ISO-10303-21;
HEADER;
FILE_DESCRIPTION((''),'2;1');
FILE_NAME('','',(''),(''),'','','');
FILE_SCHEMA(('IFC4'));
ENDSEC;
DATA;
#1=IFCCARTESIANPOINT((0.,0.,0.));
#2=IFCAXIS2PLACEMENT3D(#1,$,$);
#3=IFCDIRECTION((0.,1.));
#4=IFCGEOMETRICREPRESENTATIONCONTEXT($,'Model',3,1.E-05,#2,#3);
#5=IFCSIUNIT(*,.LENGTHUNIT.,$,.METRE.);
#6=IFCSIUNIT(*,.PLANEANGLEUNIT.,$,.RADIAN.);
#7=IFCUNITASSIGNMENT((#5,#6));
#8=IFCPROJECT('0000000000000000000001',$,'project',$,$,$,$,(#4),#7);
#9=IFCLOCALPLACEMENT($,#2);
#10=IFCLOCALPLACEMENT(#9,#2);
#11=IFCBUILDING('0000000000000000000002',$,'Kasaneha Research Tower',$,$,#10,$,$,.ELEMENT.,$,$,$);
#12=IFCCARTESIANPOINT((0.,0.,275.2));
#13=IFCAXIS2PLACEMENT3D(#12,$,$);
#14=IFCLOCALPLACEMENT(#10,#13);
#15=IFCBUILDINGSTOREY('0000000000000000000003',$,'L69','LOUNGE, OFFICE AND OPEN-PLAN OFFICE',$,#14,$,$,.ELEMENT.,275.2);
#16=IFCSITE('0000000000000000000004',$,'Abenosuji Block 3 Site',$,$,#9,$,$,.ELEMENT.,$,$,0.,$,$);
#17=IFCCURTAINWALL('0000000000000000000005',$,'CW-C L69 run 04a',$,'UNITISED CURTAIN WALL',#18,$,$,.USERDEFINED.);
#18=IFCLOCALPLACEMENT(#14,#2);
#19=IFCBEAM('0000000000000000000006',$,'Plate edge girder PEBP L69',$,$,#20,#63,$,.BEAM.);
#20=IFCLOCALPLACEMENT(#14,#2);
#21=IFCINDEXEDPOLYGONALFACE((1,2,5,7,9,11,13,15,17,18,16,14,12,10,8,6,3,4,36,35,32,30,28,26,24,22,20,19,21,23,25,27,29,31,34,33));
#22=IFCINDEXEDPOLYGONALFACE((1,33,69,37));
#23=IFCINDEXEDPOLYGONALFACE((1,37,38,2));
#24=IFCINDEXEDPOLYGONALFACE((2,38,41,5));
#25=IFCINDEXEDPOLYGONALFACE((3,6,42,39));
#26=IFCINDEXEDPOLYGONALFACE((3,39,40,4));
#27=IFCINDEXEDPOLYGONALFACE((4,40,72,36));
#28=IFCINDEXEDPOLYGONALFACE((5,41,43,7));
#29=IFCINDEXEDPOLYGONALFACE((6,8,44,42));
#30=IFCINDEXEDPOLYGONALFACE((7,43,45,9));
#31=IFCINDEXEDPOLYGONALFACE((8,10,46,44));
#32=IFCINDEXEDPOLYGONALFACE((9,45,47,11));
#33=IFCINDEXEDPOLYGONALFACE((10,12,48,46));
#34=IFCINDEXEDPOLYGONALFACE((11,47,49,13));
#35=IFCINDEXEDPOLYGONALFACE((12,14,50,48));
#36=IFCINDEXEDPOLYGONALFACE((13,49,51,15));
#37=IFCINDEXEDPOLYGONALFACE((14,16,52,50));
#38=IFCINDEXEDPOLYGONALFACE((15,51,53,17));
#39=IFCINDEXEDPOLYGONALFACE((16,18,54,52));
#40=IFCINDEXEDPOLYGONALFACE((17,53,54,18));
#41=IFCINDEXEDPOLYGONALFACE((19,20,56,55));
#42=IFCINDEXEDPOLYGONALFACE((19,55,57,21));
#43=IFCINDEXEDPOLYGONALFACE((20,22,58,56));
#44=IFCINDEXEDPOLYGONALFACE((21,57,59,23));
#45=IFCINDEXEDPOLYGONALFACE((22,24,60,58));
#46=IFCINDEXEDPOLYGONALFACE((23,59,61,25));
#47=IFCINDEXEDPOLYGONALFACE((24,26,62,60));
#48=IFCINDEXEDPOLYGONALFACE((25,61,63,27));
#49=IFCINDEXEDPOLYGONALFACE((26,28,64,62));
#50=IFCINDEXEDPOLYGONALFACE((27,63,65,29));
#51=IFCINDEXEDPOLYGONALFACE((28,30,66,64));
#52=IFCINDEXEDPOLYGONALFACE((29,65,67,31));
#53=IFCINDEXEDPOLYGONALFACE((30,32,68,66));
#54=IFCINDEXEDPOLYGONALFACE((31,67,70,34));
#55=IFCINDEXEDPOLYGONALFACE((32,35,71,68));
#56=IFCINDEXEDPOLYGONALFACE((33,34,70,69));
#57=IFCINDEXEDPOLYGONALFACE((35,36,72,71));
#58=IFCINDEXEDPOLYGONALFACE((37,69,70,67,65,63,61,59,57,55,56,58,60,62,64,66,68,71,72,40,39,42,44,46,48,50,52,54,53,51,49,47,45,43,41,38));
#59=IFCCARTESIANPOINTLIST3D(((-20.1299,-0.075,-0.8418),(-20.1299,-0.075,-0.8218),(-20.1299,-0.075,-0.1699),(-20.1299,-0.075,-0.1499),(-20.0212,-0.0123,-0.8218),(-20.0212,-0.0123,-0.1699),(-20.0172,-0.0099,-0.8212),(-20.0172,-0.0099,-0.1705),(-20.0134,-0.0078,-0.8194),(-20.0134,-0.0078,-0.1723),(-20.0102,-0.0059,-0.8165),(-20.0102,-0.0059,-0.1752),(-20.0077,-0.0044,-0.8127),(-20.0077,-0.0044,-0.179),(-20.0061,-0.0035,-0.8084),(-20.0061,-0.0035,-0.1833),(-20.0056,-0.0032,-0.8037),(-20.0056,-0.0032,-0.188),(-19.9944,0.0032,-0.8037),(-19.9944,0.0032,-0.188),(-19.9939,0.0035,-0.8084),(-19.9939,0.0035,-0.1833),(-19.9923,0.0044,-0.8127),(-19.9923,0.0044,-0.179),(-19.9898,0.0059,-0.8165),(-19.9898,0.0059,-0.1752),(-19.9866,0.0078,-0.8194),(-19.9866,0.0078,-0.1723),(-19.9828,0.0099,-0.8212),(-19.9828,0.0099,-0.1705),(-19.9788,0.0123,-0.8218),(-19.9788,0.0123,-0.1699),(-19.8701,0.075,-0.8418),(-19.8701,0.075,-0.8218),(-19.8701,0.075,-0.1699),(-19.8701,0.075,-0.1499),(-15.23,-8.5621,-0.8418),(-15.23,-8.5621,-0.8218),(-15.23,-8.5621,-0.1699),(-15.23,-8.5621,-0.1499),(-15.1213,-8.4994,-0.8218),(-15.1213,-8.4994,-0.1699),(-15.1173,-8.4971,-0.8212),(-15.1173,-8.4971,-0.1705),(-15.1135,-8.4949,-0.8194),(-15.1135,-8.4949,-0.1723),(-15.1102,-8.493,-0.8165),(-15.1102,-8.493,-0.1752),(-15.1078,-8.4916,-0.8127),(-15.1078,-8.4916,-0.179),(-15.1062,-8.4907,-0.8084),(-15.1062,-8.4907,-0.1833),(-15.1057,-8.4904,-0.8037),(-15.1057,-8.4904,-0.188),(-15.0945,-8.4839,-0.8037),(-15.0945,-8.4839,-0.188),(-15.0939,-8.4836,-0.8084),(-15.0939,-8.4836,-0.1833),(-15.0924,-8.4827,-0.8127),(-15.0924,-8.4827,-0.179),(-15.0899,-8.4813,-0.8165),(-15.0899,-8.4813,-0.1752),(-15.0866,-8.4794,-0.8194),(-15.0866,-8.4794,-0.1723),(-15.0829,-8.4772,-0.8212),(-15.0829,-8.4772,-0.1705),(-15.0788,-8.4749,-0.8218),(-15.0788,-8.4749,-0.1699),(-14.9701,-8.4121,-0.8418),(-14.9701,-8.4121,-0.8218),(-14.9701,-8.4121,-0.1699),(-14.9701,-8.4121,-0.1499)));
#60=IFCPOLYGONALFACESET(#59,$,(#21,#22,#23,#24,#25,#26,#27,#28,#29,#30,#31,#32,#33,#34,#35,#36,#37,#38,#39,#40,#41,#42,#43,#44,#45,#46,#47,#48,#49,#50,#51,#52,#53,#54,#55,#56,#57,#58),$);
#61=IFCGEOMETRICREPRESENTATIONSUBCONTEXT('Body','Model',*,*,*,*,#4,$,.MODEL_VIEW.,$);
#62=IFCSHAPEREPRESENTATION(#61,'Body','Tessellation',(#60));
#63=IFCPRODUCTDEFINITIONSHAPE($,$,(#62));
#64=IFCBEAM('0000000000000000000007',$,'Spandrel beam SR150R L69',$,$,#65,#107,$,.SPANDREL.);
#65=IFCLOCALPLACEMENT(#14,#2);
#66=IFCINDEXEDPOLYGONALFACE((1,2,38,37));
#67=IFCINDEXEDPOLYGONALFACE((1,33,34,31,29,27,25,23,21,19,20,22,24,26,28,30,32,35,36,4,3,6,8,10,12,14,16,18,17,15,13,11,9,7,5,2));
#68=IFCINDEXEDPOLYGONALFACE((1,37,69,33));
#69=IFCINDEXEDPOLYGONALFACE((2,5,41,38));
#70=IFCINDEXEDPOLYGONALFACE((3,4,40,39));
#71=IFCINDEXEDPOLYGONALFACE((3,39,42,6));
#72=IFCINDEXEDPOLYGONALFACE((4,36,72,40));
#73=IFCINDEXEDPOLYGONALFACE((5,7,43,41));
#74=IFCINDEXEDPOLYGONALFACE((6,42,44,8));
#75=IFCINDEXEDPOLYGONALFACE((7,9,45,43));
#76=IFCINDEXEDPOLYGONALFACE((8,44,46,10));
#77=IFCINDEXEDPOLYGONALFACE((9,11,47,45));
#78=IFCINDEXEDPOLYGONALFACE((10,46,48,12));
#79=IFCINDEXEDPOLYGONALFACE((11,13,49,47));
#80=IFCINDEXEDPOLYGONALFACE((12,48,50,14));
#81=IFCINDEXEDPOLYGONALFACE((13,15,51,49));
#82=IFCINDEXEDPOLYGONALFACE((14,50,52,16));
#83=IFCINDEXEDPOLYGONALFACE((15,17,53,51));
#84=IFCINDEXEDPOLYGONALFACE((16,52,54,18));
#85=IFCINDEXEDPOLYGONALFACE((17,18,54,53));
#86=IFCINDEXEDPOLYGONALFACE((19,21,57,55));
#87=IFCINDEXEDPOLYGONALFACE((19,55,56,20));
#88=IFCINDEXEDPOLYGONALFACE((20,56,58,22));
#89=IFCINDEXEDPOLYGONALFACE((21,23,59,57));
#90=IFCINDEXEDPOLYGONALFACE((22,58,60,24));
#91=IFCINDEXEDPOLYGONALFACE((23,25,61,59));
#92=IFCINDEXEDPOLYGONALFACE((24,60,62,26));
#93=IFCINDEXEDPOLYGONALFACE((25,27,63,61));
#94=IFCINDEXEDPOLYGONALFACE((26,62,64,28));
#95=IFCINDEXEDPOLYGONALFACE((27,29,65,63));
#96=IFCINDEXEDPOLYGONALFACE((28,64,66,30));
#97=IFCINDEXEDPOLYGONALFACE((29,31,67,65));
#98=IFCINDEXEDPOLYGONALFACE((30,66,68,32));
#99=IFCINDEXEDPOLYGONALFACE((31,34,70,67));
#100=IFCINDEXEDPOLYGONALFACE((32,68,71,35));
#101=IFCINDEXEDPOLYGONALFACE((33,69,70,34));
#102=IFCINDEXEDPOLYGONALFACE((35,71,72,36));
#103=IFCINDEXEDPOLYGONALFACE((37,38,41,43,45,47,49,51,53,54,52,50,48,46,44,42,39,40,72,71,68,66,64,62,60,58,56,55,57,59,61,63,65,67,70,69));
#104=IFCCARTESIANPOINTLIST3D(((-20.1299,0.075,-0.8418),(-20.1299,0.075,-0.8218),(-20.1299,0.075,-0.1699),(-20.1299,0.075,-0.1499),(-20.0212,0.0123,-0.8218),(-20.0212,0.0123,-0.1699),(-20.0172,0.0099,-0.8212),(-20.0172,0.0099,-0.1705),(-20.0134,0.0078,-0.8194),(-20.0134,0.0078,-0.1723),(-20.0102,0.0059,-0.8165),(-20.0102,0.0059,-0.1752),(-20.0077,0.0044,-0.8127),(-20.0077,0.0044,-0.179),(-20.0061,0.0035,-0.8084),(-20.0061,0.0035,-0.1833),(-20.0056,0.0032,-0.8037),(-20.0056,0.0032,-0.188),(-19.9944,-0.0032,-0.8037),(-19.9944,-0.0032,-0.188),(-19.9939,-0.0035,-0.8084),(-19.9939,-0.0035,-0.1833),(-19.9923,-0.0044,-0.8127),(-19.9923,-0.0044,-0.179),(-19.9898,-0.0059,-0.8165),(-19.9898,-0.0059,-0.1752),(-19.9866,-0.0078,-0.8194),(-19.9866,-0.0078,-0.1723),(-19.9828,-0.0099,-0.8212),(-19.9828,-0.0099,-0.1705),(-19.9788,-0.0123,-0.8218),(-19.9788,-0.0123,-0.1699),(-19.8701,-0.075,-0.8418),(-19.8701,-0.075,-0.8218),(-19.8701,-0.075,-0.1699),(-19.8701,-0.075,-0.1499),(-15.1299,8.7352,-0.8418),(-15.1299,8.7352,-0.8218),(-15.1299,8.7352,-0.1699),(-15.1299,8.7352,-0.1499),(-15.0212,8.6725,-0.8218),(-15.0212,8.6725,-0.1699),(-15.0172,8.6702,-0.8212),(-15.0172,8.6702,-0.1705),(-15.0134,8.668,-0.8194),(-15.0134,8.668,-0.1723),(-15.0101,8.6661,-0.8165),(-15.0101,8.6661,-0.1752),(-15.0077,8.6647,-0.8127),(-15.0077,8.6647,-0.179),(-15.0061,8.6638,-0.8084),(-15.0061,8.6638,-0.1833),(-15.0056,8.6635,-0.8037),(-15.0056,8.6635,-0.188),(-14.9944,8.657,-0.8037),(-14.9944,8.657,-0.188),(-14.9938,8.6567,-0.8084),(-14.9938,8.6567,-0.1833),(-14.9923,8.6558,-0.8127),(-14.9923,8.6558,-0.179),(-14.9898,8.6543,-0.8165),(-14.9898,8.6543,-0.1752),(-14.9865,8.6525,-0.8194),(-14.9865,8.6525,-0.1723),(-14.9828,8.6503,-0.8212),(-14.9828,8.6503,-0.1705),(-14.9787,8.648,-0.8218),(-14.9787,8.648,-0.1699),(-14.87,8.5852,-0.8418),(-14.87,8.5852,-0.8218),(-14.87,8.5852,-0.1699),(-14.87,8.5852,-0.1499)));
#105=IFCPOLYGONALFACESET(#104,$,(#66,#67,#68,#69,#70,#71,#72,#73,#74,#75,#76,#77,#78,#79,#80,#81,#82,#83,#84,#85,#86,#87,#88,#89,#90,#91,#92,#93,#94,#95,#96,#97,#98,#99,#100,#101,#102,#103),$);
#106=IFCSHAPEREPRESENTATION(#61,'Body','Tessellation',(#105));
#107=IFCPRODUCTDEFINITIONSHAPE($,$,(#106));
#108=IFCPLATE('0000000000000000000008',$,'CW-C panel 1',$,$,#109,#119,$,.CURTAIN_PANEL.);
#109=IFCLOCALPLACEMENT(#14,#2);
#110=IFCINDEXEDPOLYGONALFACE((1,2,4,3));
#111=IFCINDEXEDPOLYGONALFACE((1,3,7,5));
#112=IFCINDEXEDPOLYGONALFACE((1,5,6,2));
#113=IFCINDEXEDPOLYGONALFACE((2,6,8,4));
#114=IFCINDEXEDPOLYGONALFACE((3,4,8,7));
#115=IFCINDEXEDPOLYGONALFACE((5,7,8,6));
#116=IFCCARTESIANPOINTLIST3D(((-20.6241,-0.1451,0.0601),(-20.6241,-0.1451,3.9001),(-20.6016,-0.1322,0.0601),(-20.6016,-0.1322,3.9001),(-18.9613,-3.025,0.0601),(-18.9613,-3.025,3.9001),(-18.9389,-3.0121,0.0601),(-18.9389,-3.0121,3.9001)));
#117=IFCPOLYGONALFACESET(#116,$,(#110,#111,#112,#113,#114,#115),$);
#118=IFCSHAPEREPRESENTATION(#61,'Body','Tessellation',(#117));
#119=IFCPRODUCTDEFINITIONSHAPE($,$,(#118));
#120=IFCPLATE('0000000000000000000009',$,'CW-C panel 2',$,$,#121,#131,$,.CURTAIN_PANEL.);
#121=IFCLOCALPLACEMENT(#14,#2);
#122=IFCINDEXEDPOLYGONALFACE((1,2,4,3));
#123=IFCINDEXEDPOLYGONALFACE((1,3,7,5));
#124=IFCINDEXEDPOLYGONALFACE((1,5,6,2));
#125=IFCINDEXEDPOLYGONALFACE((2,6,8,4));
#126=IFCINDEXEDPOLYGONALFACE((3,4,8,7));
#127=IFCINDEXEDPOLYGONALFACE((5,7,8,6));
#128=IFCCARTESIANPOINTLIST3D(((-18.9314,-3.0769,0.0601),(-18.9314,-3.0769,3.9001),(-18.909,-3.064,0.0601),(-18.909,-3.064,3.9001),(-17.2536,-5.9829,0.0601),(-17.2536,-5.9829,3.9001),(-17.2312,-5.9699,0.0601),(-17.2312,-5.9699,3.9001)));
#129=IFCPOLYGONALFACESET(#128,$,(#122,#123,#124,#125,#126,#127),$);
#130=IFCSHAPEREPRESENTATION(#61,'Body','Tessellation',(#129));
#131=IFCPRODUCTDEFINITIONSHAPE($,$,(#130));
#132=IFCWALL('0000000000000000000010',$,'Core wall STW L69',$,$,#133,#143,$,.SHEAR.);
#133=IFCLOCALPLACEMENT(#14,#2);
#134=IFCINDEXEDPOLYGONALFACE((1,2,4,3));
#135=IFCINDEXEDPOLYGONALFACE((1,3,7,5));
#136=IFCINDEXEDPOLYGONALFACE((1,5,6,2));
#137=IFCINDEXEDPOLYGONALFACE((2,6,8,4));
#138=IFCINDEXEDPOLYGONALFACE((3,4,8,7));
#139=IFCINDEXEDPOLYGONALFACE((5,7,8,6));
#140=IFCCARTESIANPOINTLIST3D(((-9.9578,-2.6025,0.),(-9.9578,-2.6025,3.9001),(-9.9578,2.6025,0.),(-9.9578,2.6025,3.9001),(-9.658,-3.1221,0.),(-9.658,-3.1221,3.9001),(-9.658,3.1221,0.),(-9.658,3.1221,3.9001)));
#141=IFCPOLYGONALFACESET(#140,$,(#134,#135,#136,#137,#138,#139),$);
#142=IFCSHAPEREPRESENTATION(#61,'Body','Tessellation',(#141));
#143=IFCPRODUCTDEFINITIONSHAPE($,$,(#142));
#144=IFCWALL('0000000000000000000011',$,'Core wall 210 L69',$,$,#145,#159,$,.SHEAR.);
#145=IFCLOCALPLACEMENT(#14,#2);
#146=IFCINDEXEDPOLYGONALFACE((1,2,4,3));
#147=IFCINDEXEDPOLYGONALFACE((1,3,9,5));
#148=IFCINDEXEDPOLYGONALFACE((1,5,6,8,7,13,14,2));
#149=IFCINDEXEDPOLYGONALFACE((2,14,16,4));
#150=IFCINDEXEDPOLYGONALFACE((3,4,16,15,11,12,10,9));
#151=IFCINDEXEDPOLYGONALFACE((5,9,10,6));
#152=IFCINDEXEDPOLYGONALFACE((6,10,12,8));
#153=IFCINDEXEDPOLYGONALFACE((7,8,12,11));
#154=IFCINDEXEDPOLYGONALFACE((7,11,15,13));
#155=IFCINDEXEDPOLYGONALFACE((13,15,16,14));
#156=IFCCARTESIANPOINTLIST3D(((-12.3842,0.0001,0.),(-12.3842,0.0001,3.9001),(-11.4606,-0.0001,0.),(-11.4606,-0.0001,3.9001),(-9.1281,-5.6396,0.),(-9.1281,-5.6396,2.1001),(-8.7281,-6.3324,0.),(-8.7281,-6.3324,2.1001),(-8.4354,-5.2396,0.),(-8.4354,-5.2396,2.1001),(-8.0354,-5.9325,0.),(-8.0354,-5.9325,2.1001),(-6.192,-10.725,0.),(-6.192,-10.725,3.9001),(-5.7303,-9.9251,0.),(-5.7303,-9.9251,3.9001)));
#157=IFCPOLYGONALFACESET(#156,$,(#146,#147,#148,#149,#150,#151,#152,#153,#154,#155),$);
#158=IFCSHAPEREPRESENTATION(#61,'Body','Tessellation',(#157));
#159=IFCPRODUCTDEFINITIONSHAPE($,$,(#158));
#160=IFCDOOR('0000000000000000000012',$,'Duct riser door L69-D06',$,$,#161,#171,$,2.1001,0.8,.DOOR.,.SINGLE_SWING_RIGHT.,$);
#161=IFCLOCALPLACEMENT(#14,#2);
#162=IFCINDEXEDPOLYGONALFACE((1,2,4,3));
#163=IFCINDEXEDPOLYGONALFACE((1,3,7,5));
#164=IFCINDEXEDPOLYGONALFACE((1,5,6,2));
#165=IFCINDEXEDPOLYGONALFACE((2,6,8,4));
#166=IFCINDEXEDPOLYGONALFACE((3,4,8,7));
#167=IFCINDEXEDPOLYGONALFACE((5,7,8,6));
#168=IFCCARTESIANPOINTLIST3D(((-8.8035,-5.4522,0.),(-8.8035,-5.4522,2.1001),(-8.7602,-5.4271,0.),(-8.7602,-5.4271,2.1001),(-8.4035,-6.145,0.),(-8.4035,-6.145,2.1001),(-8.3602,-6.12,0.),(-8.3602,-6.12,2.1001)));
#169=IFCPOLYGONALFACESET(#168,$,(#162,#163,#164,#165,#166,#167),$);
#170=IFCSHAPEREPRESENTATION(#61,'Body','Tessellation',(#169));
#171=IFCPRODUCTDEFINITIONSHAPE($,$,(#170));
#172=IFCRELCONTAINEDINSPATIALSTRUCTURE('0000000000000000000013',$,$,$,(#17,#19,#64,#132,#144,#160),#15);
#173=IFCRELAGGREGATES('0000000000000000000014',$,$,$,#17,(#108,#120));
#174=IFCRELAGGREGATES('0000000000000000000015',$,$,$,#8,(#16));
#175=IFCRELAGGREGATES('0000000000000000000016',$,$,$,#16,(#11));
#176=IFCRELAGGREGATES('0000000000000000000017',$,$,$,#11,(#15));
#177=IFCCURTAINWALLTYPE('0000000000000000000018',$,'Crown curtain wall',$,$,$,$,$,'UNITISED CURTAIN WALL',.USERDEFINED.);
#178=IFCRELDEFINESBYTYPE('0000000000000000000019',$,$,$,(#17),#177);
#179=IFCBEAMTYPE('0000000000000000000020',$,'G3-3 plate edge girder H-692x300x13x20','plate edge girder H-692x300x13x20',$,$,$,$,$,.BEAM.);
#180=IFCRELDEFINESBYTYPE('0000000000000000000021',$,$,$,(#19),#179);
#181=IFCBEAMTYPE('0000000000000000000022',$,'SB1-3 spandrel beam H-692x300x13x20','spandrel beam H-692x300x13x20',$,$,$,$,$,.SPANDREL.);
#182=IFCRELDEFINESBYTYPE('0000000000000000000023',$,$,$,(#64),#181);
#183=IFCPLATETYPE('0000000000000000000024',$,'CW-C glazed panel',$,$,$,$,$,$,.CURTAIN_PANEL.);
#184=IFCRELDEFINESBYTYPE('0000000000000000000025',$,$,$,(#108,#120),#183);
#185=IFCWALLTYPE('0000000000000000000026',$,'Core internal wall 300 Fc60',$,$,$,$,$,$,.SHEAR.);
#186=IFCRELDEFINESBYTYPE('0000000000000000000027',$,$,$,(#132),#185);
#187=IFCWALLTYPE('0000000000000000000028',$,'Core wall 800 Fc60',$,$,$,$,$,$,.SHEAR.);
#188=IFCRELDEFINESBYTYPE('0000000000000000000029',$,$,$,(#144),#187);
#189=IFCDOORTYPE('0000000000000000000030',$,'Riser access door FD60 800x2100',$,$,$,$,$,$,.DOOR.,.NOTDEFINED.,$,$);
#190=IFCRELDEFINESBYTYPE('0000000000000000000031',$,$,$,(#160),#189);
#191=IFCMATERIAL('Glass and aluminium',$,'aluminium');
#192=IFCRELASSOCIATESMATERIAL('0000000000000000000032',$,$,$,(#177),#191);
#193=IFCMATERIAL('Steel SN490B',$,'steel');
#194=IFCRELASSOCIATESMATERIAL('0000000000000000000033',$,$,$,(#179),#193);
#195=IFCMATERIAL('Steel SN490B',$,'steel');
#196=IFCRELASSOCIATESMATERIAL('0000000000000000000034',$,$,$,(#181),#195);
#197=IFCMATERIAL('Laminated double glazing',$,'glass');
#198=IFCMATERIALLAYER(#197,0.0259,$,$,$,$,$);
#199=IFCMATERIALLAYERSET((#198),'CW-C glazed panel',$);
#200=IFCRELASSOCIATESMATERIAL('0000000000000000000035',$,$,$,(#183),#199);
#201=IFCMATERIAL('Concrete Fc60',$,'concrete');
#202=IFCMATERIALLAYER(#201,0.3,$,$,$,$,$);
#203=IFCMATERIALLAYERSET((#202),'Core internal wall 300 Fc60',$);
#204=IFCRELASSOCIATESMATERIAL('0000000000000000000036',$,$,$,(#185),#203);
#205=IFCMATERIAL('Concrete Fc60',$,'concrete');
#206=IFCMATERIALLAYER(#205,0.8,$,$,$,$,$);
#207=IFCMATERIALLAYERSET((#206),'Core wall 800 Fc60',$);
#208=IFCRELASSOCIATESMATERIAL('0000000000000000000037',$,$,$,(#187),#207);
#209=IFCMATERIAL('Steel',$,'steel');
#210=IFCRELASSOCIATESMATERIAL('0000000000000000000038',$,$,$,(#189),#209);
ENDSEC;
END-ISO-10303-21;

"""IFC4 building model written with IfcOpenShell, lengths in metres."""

from ifc_helpers import new_model, si_unit, direction, frame, frame_2d, origin, origin_2d, place, context, subcontext, project, spatial, polyline, rectangle, i_section, outline, extrude, material, layer, layer_set, material_profile, profile_set, type_object, element, fill, aggregate, save


model = new_model("IFC4")

# Units and contexts
model_context = context("Model", 3, precision=1e-05, world=origin(), true_north=direction((0.0, 1.0)))
body_context = subcontext(model_context, "Body", "Model", "MODEL_VIEW")
ifc_project = project(units=[si_unit("LENGTHUNIT", "METRE"), si_unit("PLANEANGLEUNIT", "RADIAN")], contexts=[model_context])

# Site, building, storey
site_placement = place(None, origin())
site = spatial("IfcSite", under=ifc_project, at=site_placement, Name="Abenosuji Block 3 Site", CompositionType="ELEMENT", RefElevation=0.0)
building_placement = place(site_placement, origin())
building = spatial("IfcBuilding", under=site, at=building_placement, Name="Kasaneha Research Tower", CompositionType="ELEMENT")
storey_placement = place(building_placement, frame((0.0, 0.0, 275.2)))
storey = spatial("IfcBuildingStorey", under=building, at=storey_placement, Name="L69", Description="LOUNGE, OFFICE AND OPEN-PLAN OFFICE", CompositionType="ELEMENT", Elevation=275.2)

# Curtain wall
ifc_material_1 = material(Name="Glass and aluminium", Category="aluminium")
curtain_wall_type = type_object("IfcCurtainWallType", Name="Crown curtain wall", ElementType="UNITISED CURTAIN WALL", PredefinedType="USERDEFINED", material=ifc_material_1)
curtain_wall_placement = place(storey_placement, origin())
curtain_wall = element("IfcCurtainWall", 1, at=curtain_wall_placement, inside=storey, type_object=curtain_wall_type, Name="CW-C L69 run 04a", ObjectType="UNITISED CURTAIN WALL", PredefinedType="USERDEFINED")

# Beams
ifc_material_2 = material(Name="Steel SN490B", Category="steel")
ifc_material_profile_1 = material_profile(ifc_material_2, i_section(OverallWidth=0.3, OverallDepth=0.6919, WebThickness=0.0129, FlangeThickness=0.02, FilletRadius=0.0181, at=origin_2d()), Name="H-692x300x13x20")
ifc_profile_set_1 = profile_set([ifc_material_profile_1], Name="Steel SN490B")
beam_type_1 = type_object("IfcBeamType", Name="G3-3 plate edge girder H-692x300x13x20", Description="plate edge girder H-692x300x13x20", PredefinedType="BEAM", material=ifc_profile_set_1)
beam_1_placement = place(storey_placement, frame((-20.0, 0.0, -0.4958), z_axis=(0.499992, -0.86603, 0.0), x_axis=(0.86603, 0.499992, 0.0)))
element("IfcBeam", 2, at=beam_1_placement, inside=storey, type_object=beam_type_1, Name="Plate edge girder PEBP L69", PredefinedType="BEAM", context=body_context, shape_type="SweptSolid", body=[
    extrude(i_section(OverallWidth=0.3, OverallDepth=0.6919, WebThickness=0.0129, FlangeThickness=0.02, FilletRadius=0.0181, at=origin_2d()), origin(), (0.0, 0.0, 1.0), 9.8),
])
ifc_material_3 = material(Name="Steel SN490B", Category="steel")
ifc_material_profile_2 = material_profile(ifc_material_3, i_section(OverallWidth=0.3, OverallDepth=0.6919, WebThickness=0.0129, FlangeThickness=0.02, FilletRadius=0.0181, at=origin_2d()), Name="H-692x300x13x20")
ifc_profile_set_2 = profile_set([ifc_material_profile_2], Name="Steel SN490B")
beam_type_2 = type_object("IfcBeamType", Name="SB1-3 spandrel beam H-692x300x13x20", Description="spandrel beam H-692x300x13x20", PredefinedType="SPANDREL", material=ifc_profile_set_2)
beam_2_placement = place(storey_placement, frame((-20.0, 0.0, -0.4958), z_axis=(0.500004, 0.866023, 0.0), x_axis=(-0.866023, 0.500004, 0.0)))
element("IfcBeam", 3, at=beam_2_placement, inside=storey, type_object=beam_type_2, Name="Spandrel beam SR150R L69", PredefinedType="SPANDREL", context=body_context, shape_type="SweptSolid", body=[
    extrude(i_section(OverallWidth=0.3, OverallDepth=0.6919, WebThickness=0.0129, FlangeThickness=0.02, FilletRadius=0.0181, at=origin_2d()), origin(), (0.0, 0.0, 1.0), 10.0),
])

# Plates
ifc_material_4 = material(Name="Laminated double glazing", Category="glass")
ifc_layer_1 = layer(ifc_material_4, 0.0259)
ifc_layer_set_1 = layer_set([ifc_layer_1], Name="CW-C glazed panel")
plate_type = type_object("IfcPlateType", Name="CW-C glazed panel", PredefinedType="CURTAIN_PANEL", material=ifc_layer_set_1)
plate_1_placement = place(storey_placement, frame((-19.7815, -1.5786, 0.0601), z_axis=(0.0, 0.0, 1.0), x_axis=(0.5, -0.866025, 0.0)))
plate_1 = element("IfcPlate", 4, at=plate_1_placement, type_object=plate_type, Name="CW-C panel 1", PredefinedType="CURTAIN_PANEL", context=body_context, shape_type="SweptSolid", body=[
    extrude(rectangle(XDim=3.3254, YDim=0.0259, at=origin_2d()), origin(), (0.0, 0.0, 1.0), 3.8401),
])
plate_2_placement = place(storey_placement, frame((-18.0813, -4.5234, 0.0601), z_axis=(0.0, 0.0, 1.0), x_axis=(0.5, -0.866025, 0.0)))
plate_2 = element("IfcPlate", 5, at=plate_2_placement, type_object=plate_type, Name="CW-C panel 2", PredefinedType="CURTAIN_PANEL", context=body_context, shape_type="SweptSolid", body=[
    extrude(rectangle(XDim=3.3555, YDim=0.0259, at=origin_2d()), origin(), (0.0, 0.0, 1.0), 3.8401),
])
aggregate(curtain_wall, [plate_1, plate_2])

# Shared definitions
ifc_material_5 = material(Name="Concrete Fc60", Category="concrete")
ifc_layer_2 = layer(ifc_material_5, 0.3)
ifc_layer_set_2 = layer_set([ifc_layer_2], Name="Core internal wall 300 Fc60")
wall_type_1 = type_object("IfcWallType", Name="Core internal wall 300 Fc60", PredefinedType="SHEAR", material=ifc_layer_set_2)

# Wall
wall_1_placement = place(storey_placement, frame((-9.8079, -2.8623, 0.0), z_axis=(0.0, 0.0, 1.0), x_axis=(0.0, 1.0, 0.0)))
element("IfcWall", 6, at=wall_1_placement, inside=storey, type_object=wall_type_1, Name="Core wall STW L69", PredefinedType="SHEAR", context=body_context, shape_type="SweptSolid", body=[
    extrude(outline(polyline([(-0.2598, -0.1499), (5.9844, -0.1499), (5.4648, 0.1499), (0.2598, 0.1499), (-0.2598, -0.1499)])), origin(), (0.0, 0.0, 1.0), 3.9001),
])

# Wall, opening, door
ifc_material_6 = material(Name="Concrete Fc60", Category="concrete")
ifc_layer_3 = layer(ifc_material_6, 0.8)
ifc_layer_set_3 = layer_set([ifc_layer_3], Name="Core wall 800 Fc60")
wall_type_2 = type_object("IfcWallType", Name="Core wall 800 Fc60", PredefinedType="SHEAR", material=ifc_layer_set_3)
wall_2_placement = place(storey_placement, frame((-11.9224, 0.0, 0.0), z_axis=(0.0, 0.0, 1.0), x_axis=(0.500004, -0.866023, 0.0)))
wall_2 = element("IfcWall", 7, at=wall_2_placement, inside=storey, type_object=wall_type_2, Name="Core wall 210 L69", PredefinedType="SHEAR", context=body_context, shape_type="SweptSolid", body=[
    extrude(outline(polyline([(-0.231, -0.3999), (6.2812, -0.3999), (7.0813, -0.3999), (12.1533, -0.3999), (11.6914, 0.3999), (7.0813, 0.3999), (6.2812, 0.3999), (0.231, 0.3999), (-0.231, -0.3999)])), origin(), (0.0, 0.0, 1.0), 3.9001),
])
opening_1_placement = place(wall_2_placement, frame((6.2812, 0.0, 0.0)))
opening_1 = element("IfcOpeningElement", 8, at=opening_1_placement, cuts=wall_2, PredefinedType="OPENING", context=body_context, shape_type="SweptSolid", body=[
    extrude(rectangle(XDim=0.8, YDim=2.1001, at=frame_2d((0.3999, 1.05))), frame((0.0, 0.4102, 0.0), z_axis=(0.0, -1.0, 0.0), x_axis=(1.0, 0.0, 0.0)), (0.0, 0.0, 1.0), 0.8201),
])
ifc_material_7 = material(Name="Steel", Category="steel")
door_type_1 = type_object("IfcDoorType", Name="Riser access door FD60 800x2100", OperationType="NOTDEFINED", PredefinedType="DOOR", material=ifc_material_7)
door_1_placement = place(opening_1_placement, origin())
door_1 = element("IfcDoor", 9, at=door_1_placement, inside=storey, type_object=door_type_1, Name="Duct riser door L69-D06", OperationType="SINGLE_SWING_RIGHT", OverallHeight=2.1001, OverallWidth=0.8, PredefinedType="DOOR", context=body_context, shape_type="SweptSolid", body=[
    extrude(rectangle(XDim=0.8, YDim=2.1001, at=frame_2d((0.3999, 1.05))), frame((0.0, 0.0249, 0.0), z_axis=(0.0, -1.0, 0.0), x_axis=(1.0, 0.0, 0.0)), (0.0, 0.0, 1.0), 0.05),
])
fill(opening_1, door_1)

save(model, "model.ifc")
